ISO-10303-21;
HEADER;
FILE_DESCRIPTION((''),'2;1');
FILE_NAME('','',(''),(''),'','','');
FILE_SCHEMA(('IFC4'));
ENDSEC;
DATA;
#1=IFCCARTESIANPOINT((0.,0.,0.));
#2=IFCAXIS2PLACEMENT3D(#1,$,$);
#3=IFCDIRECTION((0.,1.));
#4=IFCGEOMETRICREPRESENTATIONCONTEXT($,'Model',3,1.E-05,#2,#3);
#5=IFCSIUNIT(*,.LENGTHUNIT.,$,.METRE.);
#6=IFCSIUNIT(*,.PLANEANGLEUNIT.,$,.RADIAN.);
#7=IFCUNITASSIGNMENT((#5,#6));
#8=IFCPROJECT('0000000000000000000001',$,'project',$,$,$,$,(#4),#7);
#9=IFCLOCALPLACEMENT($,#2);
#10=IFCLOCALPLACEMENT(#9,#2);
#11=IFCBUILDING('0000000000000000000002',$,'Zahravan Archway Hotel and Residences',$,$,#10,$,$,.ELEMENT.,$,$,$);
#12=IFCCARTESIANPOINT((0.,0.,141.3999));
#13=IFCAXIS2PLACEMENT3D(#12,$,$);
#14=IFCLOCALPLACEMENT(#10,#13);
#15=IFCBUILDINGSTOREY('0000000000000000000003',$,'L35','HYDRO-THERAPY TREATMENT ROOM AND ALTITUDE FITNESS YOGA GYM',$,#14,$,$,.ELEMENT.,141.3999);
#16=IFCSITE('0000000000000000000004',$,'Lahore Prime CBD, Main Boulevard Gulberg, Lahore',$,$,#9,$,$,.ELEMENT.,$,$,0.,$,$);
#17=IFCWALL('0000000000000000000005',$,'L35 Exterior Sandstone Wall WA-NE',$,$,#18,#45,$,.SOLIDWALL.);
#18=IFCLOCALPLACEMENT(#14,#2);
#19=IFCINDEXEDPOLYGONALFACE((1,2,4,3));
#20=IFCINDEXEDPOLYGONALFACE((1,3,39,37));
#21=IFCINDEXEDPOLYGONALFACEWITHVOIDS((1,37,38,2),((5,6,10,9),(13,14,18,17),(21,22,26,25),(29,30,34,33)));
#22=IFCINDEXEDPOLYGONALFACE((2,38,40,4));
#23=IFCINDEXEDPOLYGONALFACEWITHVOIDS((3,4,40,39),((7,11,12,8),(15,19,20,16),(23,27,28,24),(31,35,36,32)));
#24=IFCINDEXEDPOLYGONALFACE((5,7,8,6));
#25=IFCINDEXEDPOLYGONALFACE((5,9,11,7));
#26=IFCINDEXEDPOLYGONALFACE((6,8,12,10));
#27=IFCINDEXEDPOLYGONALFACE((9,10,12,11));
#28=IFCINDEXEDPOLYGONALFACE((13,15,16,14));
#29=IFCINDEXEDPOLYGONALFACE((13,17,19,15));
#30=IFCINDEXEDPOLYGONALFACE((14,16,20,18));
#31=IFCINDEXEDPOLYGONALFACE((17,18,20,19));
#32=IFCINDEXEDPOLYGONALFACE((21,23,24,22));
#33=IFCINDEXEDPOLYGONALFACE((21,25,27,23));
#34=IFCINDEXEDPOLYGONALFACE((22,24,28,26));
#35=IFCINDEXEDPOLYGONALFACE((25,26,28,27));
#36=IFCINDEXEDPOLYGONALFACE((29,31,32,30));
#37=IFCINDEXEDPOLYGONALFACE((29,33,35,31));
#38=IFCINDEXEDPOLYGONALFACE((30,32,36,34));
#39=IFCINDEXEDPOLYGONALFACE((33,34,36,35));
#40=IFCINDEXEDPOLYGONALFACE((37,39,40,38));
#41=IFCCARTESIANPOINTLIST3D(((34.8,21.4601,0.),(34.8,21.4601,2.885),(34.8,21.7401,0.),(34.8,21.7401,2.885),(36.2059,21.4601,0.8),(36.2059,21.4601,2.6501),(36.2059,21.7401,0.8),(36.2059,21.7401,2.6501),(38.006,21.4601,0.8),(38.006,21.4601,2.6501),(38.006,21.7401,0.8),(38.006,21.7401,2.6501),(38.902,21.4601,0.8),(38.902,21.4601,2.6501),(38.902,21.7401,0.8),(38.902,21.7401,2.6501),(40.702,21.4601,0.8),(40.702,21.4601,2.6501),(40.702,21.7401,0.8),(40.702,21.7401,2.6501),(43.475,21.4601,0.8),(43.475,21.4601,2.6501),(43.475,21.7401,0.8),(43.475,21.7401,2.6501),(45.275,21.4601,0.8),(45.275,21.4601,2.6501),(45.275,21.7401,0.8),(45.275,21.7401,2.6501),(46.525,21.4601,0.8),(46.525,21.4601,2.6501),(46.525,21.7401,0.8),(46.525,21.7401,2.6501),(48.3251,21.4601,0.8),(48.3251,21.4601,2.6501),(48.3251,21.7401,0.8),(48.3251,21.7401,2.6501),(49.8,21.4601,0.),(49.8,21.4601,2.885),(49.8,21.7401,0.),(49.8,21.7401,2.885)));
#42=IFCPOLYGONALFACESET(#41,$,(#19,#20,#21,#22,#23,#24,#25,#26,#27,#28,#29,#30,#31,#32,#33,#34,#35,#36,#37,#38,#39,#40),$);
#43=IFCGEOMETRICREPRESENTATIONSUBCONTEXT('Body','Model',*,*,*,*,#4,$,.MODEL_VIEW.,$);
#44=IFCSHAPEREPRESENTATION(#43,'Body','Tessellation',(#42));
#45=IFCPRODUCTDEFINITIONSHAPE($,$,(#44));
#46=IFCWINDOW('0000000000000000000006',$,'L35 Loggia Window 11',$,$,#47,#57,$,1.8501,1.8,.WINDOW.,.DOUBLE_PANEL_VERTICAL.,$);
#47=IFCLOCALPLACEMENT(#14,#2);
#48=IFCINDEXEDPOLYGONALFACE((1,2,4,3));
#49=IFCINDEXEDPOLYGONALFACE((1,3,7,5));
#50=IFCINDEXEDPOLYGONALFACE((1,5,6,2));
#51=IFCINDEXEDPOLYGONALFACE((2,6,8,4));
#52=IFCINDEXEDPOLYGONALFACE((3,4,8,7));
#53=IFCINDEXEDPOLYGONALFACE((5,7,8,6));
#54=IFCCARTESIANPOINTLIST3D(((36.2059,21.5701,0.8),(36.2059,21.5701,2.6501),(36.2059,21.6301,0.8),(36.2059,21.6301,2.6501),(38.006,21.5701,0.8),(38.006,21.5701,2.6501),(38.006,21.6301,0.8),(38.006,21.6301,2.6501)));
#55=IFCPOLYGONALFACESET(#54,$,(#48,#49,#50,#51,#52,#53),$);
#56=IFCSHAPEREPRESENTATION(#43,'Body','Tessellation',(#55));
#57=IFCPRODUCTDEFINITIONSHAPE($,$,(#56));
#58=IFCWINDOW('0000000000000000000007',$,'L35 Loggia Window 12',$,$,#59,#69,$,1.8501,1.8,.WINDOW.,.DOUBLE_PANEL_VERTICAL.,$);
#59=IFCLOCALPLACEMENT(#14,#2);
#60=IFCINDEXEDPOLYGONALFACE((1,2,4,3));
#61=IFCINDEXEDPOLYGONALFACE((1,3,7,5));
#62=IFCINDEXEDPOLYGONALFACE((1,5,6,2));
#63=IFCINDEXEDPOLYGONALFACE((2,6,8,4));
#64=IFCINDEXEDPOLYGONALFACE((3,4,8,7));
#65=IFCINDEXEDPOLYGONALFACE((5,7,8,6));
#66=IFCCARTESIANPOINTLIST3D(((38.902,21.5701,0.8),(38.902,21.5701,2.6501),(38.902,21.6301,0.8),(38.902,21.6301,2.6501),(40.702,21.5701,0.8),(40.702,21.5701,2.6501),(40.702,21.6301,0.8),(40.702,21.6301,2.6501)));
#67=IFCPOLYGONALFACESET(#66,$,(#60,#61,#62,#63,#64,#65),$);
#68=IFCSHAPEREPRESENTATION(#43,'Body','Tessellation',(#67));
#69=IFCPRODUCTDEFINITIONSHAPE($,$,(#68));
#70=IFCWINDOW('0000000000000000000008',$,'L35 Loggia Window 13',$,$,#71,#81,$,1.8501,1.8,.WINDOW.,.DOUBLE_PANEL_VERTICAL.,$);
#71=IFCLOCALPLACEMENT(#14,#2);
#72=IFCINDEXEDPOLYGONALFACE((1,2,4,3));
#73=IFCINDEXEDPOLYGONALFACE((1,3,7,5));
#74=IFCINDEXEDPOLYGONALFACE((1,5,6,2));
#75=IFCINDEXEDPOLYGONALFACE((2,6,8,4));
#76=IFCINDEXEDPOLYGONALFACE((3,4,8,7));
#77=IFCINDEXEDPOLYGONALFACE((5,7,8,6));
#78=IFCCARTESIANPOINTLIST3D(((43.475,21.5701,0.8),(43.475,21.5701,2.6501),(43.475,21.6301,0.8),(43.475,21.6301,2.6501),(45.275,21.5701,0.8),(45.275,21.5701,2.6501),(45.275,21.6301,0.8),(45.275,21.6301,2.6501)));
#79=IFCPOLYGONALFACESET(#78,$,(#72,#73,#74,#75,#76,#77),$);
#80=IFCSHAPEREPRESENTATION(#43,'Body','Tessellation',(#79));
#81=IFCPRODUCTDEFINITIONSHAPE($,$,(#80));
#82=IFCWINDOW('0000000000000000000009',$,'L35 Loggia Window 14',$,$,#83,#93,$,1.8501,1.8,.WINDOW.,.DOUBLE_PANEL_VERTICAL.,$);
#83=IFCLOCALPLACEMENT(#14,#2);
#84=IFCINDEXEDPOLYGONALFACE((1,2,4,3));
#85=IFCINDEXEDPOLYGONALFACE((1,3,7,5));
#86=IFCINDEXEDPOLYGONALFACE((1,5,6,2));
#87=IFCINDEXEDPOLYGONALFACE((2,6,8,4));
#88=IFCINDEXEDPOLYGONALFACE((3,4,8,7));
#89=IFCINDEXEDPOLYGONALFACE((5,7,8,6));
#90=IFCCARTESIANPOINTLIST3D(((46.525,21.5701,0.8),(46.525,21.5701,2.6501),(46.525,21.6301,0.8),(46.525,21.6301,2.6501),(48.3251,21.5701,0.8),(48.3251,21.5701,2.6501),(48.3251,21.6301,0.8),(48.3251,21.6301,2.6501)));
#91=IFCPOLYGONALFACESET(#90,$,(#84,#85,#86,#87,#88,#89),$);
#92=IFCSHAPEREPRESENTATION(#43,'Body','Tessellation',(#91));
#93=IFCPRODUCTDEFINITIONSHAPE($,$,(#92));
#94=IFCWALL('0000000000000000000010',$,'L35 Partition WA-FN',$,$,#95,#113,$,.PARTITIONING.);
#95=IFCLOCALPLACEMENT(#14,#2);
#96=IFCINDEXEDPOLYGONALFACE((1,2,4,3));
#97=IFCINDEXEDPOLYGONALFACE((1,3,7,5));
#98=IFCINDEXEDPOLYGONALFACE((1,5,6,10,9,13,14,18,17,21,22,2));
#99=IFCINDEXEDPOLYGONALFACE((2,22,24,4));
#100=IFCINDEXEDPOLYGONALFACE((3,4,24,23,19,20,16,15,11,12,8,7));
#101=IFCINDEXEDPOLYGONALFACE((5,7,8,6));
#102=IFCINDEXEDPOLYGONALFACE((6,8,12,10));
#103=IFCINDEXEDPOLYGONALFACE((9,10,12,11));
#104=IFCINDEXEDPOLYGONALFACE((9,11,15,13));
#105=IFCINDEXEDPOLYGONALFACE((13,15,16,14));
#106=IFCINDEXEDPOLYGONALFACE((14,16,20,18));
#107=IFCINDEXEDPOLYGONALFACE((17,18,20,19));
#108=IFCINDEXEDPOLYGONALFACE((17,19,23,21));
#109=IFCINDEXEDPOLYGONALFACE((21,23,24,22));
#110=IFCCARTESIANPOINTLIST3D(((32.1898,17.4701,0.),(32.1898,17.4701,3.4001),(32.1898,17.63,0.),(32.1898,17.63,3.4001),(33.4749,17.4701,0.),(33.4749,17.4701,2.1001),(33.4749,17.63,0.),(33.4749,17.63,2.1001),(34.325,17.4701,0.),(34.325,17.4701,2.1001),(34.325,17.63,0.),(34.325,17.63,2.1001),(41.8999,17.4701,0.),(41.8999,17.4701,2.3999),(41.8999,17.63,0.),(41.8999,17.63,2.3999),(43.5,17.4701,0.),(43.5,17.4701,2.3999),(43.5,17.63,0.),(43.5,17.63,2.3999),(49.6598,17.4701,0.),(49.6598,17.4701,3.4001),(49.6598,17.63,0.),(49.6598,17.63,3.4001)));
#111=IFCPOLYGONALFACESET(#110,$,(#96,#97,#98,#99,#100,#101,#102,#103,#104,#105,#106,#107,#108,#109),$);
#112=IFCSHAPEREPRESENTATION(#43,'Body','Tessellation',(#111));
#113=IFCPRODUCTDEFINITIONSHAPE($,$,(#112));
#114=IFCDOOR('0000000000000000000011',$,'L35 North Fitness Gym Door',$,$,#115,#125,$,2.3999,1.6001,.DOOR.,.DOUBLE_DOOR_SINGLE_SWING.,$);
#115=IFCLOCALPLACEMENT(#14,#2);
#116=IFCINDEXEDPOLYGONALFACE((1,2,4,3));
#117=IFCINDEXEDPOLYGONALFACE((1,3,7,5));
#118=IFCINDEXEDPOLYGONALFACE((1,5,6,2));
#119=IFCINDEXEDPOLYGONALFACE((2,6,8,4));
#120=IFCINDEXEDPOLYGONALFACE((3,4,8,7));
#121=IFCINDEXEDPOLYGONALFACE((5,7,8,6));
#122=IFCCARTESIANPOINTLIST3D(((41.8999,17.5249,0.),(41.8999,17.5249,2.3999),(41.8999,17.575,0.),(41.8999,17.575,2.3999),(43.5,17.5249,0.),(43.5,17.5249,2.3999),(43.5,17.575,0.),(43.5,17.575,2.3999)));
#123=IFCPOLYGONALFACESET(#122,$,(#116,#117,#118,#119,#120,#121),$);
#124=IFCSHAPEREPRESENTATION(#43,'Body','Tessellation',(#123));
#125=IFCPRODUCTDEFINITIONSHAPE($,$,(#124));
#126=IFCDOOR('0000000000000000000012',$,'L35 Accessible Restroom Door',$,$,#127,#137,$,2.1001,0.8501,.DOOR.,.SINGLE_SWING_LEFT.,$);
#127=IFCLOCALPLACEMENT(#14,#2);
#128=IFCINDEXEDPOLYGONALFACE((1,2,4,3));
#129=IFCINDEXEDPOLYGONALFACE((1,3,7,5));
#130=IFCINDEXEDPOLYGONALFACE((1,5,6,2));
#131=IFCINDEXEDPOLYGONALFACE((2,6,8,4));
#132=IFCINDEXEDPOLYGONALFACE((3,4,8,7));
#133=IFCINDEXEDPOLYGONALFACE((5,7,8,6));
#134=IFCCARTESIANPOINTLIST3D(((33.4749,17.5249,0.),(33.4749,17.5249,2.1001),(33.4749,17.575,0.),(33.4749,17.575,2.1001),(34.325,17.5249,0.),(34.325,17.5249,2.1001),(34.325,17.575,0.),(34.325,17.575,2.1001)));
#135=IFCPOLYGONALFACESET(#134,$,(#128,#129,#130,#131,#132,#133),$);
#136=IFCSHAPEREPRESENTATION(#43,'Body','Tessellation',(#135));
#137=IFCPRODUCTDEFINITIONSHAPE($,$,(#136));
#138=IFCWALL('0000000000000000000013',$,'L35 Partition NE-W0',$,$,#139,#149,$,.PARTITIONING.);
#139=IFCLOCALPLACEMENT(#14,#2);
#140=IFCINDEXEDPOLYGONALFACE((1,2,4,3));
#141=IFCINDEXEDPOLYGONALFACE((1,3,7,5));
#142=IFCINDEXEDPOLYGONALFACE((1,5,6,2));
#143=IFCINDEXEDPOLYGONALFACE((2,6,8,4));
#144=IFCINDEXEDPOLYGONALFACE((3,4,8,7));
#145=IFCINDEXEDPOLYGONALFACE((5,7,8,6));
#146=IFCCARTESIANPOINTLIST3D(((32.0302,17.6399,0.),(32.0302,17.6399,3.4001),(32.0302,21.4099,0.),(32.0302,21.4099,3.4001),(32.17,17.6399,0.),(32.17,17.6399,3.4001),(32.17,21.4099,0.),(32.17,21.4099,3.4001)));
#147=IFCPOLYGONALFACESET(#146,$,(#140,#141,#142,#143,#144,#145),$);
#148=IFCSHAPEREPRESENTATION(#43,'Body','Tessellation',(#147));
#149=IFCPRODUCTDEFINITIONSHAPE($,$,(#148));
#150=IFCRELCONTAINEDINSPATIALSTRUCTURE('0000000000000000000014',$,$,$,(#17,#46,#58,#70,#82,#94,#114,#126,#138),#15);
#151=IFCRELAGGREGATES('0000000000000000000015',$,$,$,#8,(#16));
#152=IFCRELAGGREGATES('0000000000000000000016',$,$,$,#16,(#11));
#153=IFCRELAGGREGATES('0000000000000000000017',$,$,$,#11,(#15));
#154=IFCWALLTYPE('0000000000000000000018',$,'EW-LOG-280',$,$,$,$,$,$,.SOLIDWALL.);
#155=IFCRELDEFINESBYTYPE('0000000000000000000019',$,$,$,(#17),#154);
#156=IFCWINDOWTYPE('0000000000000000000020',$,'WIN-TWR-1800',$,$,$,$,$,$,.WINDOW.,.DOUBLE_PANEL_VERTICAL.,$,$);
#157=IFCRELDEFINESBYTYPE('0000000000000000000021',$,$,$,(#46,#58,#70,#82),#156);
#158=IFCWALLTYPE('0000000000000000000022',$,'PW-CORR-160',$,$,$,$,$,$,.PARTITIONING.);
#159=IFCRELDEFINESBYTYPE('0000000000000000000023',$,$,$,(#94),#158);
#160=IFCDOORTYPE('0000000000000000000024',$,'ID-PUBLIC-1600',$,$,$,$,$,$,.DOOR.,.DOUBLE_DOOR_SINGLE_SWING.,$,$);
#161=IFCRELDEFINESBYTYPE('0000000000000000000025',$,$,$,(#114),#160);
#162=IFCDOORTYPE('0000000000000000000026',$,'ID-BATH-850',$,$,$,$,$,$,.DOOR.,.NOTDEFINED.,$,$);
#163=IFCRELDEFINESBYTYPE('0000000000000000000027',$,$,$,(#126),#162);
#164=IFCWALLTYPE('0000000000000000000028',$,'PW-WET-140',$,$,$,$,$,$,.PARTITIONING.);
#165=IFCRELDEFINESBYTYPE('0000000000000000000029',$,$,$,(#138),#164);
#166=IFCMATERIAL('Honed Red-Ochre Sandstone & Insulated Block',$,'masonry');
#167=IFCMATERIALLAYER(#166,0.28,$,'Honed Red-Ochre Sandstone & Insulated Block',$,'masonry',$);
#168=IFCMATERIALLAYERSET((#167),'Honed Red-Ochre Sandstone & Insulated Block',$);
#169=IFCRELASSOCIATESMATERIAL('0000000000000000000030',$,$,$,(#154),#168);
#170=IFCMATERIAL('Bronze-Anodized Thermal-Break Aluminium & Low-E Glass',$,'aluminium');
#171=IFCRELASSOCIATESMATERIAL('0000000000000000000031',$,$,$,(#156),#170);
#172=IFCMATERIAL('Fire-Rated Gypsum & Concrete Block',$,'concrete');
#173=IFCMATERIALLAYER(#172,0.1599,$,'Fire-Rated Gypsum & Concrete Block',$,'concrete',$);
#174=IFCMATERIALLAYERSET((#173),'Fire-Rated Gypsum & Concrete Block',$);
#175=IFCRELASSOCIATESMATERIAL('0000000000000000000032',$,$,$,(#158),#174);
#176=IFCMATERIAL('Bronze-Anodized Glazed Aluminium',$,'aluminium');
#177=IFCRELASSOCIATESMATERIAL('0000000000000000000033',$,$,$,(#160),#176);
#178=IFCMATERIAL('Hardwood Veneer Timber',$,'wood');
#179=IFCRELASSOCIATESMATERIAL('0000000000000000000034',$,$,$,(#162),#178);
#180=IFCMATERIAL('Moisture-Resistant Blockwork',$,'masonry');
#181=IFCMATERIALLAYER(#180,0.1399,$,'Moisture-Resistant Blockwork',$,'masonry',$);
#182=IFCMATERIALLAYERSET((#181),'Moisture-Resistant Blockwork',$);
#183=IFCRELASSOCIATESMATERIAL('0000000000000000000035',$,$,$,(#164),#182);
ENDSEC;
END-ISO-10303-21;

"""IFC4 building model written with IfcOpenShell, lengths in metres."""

from ifc_helpers import new_model, si_unit, direction, frame, frame_2d, origin, place, context, subcontext, project, spatial, rectangle, extrude, source, transform, mapped, material, layer, layer_set, type_object, type_shapes, element, fill, save


model = new_model("IFC4")

# Units and contexts
model_context = context("Model", 3, precision=1e-05, world=origin(), true_north=direction((0.0, 1.0)))
body_context = subcontext(model_context, "Body", "Model", "MODEL_VIEW")
ifc_project = project(units=[si_unit("LENGTHUNIT", "METRE"), si_unit("PLANEANGLEUNIT", "RADIAN")], contexts=[model_context])

# Site, building, storey
site_placement = place(None, origin())
site = spatial("IfcSite", under=ifc_project, at=site_placement, Name="Lahore Prime CBD, Main Boulevard Gulberg, Lahore", CompositionType="ELEMENT", RefElevation=0.0)
building_placement = place(site_placement, origin())
building = spatial("IfcBuilding", under=site, at=building_placement, Name="Zahravan Archway Hotel and Residences", CompositionType="ELEMENT")
storey_placement = place(building_placement, frame((0.0, 0.0, 141.3999)))
storey = spatial("IfcBuildingStorey", under=building, at=storey_placement, Name="L35", Description="HYDRO-THERAPY TREATMENT ROOM AND ALTITUDE FITNESS YOGA GYM", CompositionType="ELEMENT", Elevation=141.3999)

# Wall, openings, windows
ifc_material_1 = material(Name="Honed Red-Ochre Sandstone & Insulated Block", Category="masonry")
ifc_layer_1 = layer(ifc_material_1, 0.28, Name="Honed Red-Ochre Sandstone & Insulated Block", Category="masonry")
ifc_layer_set_1 = layer_set([ifc_layer_1], Name="Honed Red-Ochre Sandstone & Insulated Block")
wall_type_1 = type_object("IfcWallType", Name="EW-LOG-280", PredefinedType="SOLIDWALL", material=ifc_layer_set_1)
wall_1_placement = place(storey_placement, frame((34.8, 21.6001, 0.0), z_axis=(0.0, 0.0, 1.0), x_axis=(1.0, 0.0, 0.0)))
wall_1 = element("IfcWall", 1, at=wall_1_placement, inside=storey, type_object=wall_type_1, Name="L35 Exterior Sandstone Wall WA-NE", PredefinedType="SOLIDWALL", context=body_context, shape_type="SweptSolid", body=[
    extrude(rectangle(XDim=15.0, YDim=0.28, at=frame_2d((7.5, 0.0))), origin(), (0.0, 0.0, 1.0), 2.885),
])
opening_1_placement = place(wall_1_placement, frame((1.406, 0.0, 0.8)))
opening_1 = element("IfcOpeningElement", 2, at=opening_1_placement, cuts=wall_1, PredefinedType="OPENING", context=body_context, shape_type="SweptSolid", body=[
    extrude(rectangle(XDim=1.8, YDim=1.8501, at=frame_2d((0.8999, 0.925))), frame((0.0, 0.1499, 0.0), z_axis=(0.0, -1.0, 0.0), x_axis=(1.0, 0.0, 0.0)), (0.0, 0.0, 1.0), 0.3),
])
opening_2_placement = place(wall_1_placement, frame((4.1021, 0.0, 0.8)))
opening_2 = element("IfcOpeningElement", 3, at=opening_2_placement, cuts=wall_1, PredefinedType="OPENING", context=body_context, shape_type="SweptSolid", body=[
    extrude(rectangle(XDim=1.8, YDim=1.8501, at=frame_2d((0.8999, 0.925))), frame((0.0, 0.1499, 0.0), z_axis=(0.0, -1.0, 0.0), x_axis=(1.0, 0.0, 0.0)), (0.0, 0.0, 1.0), 0.3),
])
opening_3_placement = place(wall_1_placement, frame((8.675, 0.0, 0.8)))
opening_3 = element("IfcOpeningElement", 4, at=opening_3_placement, cuts=wall_1, PredefinedType="OPENING", context=body_context, shape_type="SweptSolid", body=[
    extrude(rectangle(XDim=1.8, YDim=1.8501, at=frame_2d((0.8999, 0.925))), frame((0.0, 0.1499, 0.0), z_axis=(0.0, -1.0, 0.0), x_axis=(1.0, 0.0, 0.0)), (0.0, 0.0, 1.0), 0.3),
])
opening_4_placement = place(wall_1_placement, frame((11.7251, 0.0, 0.8)))
opening_4 = element("IfcOpeningElement", 5, at=opening_4_placement, cuts=wall_1, PredefinedType="OPENING", context=body_context, shape_type="SweptSolid", body=[
    extrude(rectangle(XDim=1.8, YDim=1.8501, at=frame_2d((0.8999, 0.925))), frame((0.0, 0.1499, 0.0), z_axis=(0.0, -1.0, 0.0), x_axis=(1.0, 0.0, 0.0)), (0.0, 0.0, 1.0), 0.3),
])
ifc_material_2 = material(Name="Bronze-Anodized Thermal-Break Aluminium & Low-E Glass", Category="aluminium")
window_type = type_object("IfcWindowType", Name="WIN-TWR-1800", PartitioningType="DOUBLE_PANEL_VERTICAL", PredefinedType="WINDOW", material=ifc_material_2)
shared_shape_1 = source(origin(), body_context, "Body", "SweptSolid", [
    extrude(rectangle(XDim=1.8, YDim=1.8501, at=frame_2d((0.8999, 0.925))), frame((0.0, 0.03, 0.0), z_axis=(0.0, -1.0, 0.0), x_axis=(1.0, 0.0, 0.0)), (0.0, 0.0, 1.0), 0.0601),
])
type_shapes(window_type, [shared_shape_1])
window_1_placement = place(opening_1_placement, origin())
window_1 = element("IfcWindow", 6, at=window_1_placement, inside=storey, type_object=window_type, Name="L35 Loggia Window 11", OverallHeight=1.8501, OverallWidth=1.8, PartitioningType="DOUBLE_PANEL_VERTICAL", PredefinedType="WINDOW", context=body_context, shape_type="MappedRepresentation", body=[
    mapped(shared_shape_1, transform((0.0, 0.0, 0.0), scale=1.0)),
])
fill(opening_1, window_1)
window_2_placement = place(opening_2_placement, origin())
window_2 = element("IfcWindow", 7, at=window_2_placement, inside=storey, type_object=window_type, Name="L35 Loggia Window 12", OverallHeight=1.8501, OverallWidth=1.8, PartitioningType="DOUBLE_PANEL_VERTICAL", PredefinedType="WINDOW", context=body_context, shape_type="MappedRepresentation", body=[
    mapped(shared_shape_1, transform((0.0, 0.0, 0.0), scale=1.0)),
])
fill(opening_2, window_2)
window_3_placement = place(opening_3_placement, origin())
window_3 = element("IfcWindow", 8, at=window_3_placement, inside=storey, type_object=window_type, Name="L35 Loggia Window 13", OverallHeight=1.8501, OverallWidth=1.8, PartitioningType="DOUBLE_PANEL_VERTICAL", PredefinedType="WINDOW", context=body_context, shape_type="MappedRepresentation", body=[
    mapped(shared_shape_1, transform((0.0, 0.0, 0.0), scale=1.0)),
])
fill(opening_3, window_3)
window_4_placement = place(opening_4_placement, origin())
window_4 = element("IfcWindow", 9, at=window_4_placement, inside=storey, type_object=window_type, Name="L35 Loggia Window 14", OverallHeight=1.8501, OverallWidth=1.8, PartitioningType="DOUBLE_PANEL_VERTICAL", PredefinedType="WINDOW", context=body_context, shape_type="MappedRepresentation", body=[
    mapped(shared_shape_1, transform((0.0, 0.0, 0.0), scale=1.0)),
])
fill(opening_4, window_4)

# Wall, openings, doors
ifc_material_3 = material(Name="Fire-Rated Gypsum & Concrete Block", Category="concrete")
ifc_layer_2 = layer(ifc_material_3, 0.1599, Name="Fire-Rated Gypsum & Concrete Block", Category="concrete")
ifc_layer_set_2 = layer_set([ifc_layer_2], Name="Fire-Rated Gypsum & Concrete Block")
wall_type_2 = type_object("IfcWallType", Name="PW-CORR-160", PredefinedType="PARTITIONING", material=ifc_layer_set_2)
wall_2_placement = place(storey_placement, frame((32.1899, 17.55, 0.0), z_axis=(0.0, 0.0, 1.0), x_axis=(1.0, 0.0, 0.0)))
wall_2 = element("IfcWall", 10, at=wall_2_placement, inside=storey, type_object=wall_type_2, Name="L35 Partition WA-FN", PredefinedType="PARTITIONING", context=body_context, shape_type="SweptSolid", body=[
    extrude(rectangle(XDim=17.47, YDim=0.1599, at=frame_2d((8.7349, 0.0))), origin(), (0.0, 0.0, 1.0), 3.4001),
])
opening_5_placement = place(wall_2_placement, frame((1.2849, 0.0, 0.0)))
opening_5 = element("IfcOpeningElement", 11, at=opening_5_placement, cuts=wall_2, PredefinedType="OPENING", context=body_context, shape_type="SweptSolid", body=[
    extrude(rectangle(XDim=0.8501, YDim=2.1001, at=frame_2d((0.425, 1.05))), frame((0.0, 0.0898, 0.0), z_axis=(0.0, -1.0, 0.0), x_axis=(1.0, 0.0, 0.0)), (0.0, 0.0, 1.0), 0.1799),
])
opening_6_placement = place(wall_2_placement, frame((9.71, 0.0, 0.0)))
opening_6 = element("IfcOpeningElement", 12, at=opening_6_placement, cuts=wall_2, PredefinedType="OPENING", context=body_context, shape_type="SweptSolid", body=[
    extrude(rectangle(XDim=1.6001, YDim=2.3999, at=frame_2d((0.8, 1.2))), frame((0.0, 0.0898, 0.0), z_axis=(0.0, -1.0, 0.0), x_axis=(1.0, 0.0, 0.0)), (0.0, 0.0, 1.0), 0.1799),
])
ifc_material_4 = material(Name="Bronze-Anodized Glazed Aluminium", Category="aluminium")
door_type_1 = type_object("IfcDoorType", Name="ID-PUBLIC-1600", OperationType="DOUBLE_DOOR_SINGLE_SWING", PredefinedType="DOOR", material=ifc_material_4)
shared_shape_2 = source(origin(), body_context, "Body", "SweptSolid", [
    extrude(rectangle(XDim=1.6001, YDim=2.3999, at=frame_2d((0.8, 1.2))), frame((0.0, 0.0249, 0.0), z_axis=(0.0, -1.0, 0.0), x_axis=(1.0, 0.0, 0.0)), (0.0, 0.0, 1.0), 0.05),
])
type_shapes(door_type_1, [shared_shape_2])
door_1_placement = place(opening_6_placement, origin())
door_1 = element("IfcDoor", 13, at=door_1_placement, inside=storey, type_object=door_type_1, Name="L35 North Fitness Gym Door", OperationType="DOUBLE_DOOR_SINGLE_SWING", OverallHeight=2.3999, OverallWidth=1.6001, PredefinedType="DOOR", context=body_context, shape_type="MappedRepresentation", body=[
    mapped(shared_shape_2, transform((0.0, 0.0, 0.0), scale=1.0)),
])
fill(opening_6, door_1)
ifc_material_5 = material(Name="Hardwood Veneer Timber", Category="wood")
door_type_2 = type_object("IfcDoorType", Name="ID-BATH-850", OperationType="NOTDEFINED", PredefinedType="DOOR", material=ifc_material_5)
shared_shape_3 = source(origin(), body_context, "Body", "SweptSolid", [
    extrude(rectangle(XDim=0.8501, YDim=2.1001, at=frame_2d((0.425, 1.05))), frame((0.0, 0.0249, 0.0), z_axis=(0.0, -1.0, 0.0), x_axis=(1.0, 0.0, 0.0)), (0.0, 0.0, 1.0), 0.05),
])
type_shapes(door_type_2, [shared_shape_3])
door_2_placement = place(opening_5_placement, origin())
door_2 = element("IfcDoor", 14, at=door_2_placement, inside=storey, type_object=door_type_2, Name="L35 Accessible Restroom Door", OperationType="SINGLE_SWING_LEFT", OverallHeight=2.1001, OverallWidth=0.8501, PredefinedType="DOOR", context=body_context, shape_type="MappedRepresentation", body=[
    mapped(shared_shape_3, transform((0.0, 0.0, 0.0), scale=1.0)),
])
fill(opening_5, door_2)

# Wall
ifc_material_6 = material(Name="Moisture-Resistant Blockwork", Category="masonry")
ifc_layer_3 = layer(ifc_material_6, 0.1399, Name="Moisture-Resistant Blockwork", Category="masonry")
ifc_layer_set_3 = layer_set([ifc_layer_3], Name="Moisture-Resistant Blockwork")
wall_type_3 = type_object("IfcWallType", Name="PW-WET-140", PredefinedType="PARTITIONING", material=ifc_layer_set_3)
wall_3_placement = place(storey_placement, frame((32.1001, 17.6399, 0.0), z_axis=(0.0, 0.0, 1.0), x_axis=(0.0, 1.0, 0.0)))
element("IfcWall", 15, at=wall_3_placement, inside=storey, type_object=wall_type_3, Name="L35 Partition NE-W0", PredefinedType="PARTITIONING", context=body_context, shape_type="SweptSolid", body=[
    extrude(rectangle(XDim=3.77, YDim=0.1399, at=frame_2d((1.885, 0.0))), origin(), (0.0, 0.0, 1.0), 3.4001),
])

save(model, "model.ifc")
